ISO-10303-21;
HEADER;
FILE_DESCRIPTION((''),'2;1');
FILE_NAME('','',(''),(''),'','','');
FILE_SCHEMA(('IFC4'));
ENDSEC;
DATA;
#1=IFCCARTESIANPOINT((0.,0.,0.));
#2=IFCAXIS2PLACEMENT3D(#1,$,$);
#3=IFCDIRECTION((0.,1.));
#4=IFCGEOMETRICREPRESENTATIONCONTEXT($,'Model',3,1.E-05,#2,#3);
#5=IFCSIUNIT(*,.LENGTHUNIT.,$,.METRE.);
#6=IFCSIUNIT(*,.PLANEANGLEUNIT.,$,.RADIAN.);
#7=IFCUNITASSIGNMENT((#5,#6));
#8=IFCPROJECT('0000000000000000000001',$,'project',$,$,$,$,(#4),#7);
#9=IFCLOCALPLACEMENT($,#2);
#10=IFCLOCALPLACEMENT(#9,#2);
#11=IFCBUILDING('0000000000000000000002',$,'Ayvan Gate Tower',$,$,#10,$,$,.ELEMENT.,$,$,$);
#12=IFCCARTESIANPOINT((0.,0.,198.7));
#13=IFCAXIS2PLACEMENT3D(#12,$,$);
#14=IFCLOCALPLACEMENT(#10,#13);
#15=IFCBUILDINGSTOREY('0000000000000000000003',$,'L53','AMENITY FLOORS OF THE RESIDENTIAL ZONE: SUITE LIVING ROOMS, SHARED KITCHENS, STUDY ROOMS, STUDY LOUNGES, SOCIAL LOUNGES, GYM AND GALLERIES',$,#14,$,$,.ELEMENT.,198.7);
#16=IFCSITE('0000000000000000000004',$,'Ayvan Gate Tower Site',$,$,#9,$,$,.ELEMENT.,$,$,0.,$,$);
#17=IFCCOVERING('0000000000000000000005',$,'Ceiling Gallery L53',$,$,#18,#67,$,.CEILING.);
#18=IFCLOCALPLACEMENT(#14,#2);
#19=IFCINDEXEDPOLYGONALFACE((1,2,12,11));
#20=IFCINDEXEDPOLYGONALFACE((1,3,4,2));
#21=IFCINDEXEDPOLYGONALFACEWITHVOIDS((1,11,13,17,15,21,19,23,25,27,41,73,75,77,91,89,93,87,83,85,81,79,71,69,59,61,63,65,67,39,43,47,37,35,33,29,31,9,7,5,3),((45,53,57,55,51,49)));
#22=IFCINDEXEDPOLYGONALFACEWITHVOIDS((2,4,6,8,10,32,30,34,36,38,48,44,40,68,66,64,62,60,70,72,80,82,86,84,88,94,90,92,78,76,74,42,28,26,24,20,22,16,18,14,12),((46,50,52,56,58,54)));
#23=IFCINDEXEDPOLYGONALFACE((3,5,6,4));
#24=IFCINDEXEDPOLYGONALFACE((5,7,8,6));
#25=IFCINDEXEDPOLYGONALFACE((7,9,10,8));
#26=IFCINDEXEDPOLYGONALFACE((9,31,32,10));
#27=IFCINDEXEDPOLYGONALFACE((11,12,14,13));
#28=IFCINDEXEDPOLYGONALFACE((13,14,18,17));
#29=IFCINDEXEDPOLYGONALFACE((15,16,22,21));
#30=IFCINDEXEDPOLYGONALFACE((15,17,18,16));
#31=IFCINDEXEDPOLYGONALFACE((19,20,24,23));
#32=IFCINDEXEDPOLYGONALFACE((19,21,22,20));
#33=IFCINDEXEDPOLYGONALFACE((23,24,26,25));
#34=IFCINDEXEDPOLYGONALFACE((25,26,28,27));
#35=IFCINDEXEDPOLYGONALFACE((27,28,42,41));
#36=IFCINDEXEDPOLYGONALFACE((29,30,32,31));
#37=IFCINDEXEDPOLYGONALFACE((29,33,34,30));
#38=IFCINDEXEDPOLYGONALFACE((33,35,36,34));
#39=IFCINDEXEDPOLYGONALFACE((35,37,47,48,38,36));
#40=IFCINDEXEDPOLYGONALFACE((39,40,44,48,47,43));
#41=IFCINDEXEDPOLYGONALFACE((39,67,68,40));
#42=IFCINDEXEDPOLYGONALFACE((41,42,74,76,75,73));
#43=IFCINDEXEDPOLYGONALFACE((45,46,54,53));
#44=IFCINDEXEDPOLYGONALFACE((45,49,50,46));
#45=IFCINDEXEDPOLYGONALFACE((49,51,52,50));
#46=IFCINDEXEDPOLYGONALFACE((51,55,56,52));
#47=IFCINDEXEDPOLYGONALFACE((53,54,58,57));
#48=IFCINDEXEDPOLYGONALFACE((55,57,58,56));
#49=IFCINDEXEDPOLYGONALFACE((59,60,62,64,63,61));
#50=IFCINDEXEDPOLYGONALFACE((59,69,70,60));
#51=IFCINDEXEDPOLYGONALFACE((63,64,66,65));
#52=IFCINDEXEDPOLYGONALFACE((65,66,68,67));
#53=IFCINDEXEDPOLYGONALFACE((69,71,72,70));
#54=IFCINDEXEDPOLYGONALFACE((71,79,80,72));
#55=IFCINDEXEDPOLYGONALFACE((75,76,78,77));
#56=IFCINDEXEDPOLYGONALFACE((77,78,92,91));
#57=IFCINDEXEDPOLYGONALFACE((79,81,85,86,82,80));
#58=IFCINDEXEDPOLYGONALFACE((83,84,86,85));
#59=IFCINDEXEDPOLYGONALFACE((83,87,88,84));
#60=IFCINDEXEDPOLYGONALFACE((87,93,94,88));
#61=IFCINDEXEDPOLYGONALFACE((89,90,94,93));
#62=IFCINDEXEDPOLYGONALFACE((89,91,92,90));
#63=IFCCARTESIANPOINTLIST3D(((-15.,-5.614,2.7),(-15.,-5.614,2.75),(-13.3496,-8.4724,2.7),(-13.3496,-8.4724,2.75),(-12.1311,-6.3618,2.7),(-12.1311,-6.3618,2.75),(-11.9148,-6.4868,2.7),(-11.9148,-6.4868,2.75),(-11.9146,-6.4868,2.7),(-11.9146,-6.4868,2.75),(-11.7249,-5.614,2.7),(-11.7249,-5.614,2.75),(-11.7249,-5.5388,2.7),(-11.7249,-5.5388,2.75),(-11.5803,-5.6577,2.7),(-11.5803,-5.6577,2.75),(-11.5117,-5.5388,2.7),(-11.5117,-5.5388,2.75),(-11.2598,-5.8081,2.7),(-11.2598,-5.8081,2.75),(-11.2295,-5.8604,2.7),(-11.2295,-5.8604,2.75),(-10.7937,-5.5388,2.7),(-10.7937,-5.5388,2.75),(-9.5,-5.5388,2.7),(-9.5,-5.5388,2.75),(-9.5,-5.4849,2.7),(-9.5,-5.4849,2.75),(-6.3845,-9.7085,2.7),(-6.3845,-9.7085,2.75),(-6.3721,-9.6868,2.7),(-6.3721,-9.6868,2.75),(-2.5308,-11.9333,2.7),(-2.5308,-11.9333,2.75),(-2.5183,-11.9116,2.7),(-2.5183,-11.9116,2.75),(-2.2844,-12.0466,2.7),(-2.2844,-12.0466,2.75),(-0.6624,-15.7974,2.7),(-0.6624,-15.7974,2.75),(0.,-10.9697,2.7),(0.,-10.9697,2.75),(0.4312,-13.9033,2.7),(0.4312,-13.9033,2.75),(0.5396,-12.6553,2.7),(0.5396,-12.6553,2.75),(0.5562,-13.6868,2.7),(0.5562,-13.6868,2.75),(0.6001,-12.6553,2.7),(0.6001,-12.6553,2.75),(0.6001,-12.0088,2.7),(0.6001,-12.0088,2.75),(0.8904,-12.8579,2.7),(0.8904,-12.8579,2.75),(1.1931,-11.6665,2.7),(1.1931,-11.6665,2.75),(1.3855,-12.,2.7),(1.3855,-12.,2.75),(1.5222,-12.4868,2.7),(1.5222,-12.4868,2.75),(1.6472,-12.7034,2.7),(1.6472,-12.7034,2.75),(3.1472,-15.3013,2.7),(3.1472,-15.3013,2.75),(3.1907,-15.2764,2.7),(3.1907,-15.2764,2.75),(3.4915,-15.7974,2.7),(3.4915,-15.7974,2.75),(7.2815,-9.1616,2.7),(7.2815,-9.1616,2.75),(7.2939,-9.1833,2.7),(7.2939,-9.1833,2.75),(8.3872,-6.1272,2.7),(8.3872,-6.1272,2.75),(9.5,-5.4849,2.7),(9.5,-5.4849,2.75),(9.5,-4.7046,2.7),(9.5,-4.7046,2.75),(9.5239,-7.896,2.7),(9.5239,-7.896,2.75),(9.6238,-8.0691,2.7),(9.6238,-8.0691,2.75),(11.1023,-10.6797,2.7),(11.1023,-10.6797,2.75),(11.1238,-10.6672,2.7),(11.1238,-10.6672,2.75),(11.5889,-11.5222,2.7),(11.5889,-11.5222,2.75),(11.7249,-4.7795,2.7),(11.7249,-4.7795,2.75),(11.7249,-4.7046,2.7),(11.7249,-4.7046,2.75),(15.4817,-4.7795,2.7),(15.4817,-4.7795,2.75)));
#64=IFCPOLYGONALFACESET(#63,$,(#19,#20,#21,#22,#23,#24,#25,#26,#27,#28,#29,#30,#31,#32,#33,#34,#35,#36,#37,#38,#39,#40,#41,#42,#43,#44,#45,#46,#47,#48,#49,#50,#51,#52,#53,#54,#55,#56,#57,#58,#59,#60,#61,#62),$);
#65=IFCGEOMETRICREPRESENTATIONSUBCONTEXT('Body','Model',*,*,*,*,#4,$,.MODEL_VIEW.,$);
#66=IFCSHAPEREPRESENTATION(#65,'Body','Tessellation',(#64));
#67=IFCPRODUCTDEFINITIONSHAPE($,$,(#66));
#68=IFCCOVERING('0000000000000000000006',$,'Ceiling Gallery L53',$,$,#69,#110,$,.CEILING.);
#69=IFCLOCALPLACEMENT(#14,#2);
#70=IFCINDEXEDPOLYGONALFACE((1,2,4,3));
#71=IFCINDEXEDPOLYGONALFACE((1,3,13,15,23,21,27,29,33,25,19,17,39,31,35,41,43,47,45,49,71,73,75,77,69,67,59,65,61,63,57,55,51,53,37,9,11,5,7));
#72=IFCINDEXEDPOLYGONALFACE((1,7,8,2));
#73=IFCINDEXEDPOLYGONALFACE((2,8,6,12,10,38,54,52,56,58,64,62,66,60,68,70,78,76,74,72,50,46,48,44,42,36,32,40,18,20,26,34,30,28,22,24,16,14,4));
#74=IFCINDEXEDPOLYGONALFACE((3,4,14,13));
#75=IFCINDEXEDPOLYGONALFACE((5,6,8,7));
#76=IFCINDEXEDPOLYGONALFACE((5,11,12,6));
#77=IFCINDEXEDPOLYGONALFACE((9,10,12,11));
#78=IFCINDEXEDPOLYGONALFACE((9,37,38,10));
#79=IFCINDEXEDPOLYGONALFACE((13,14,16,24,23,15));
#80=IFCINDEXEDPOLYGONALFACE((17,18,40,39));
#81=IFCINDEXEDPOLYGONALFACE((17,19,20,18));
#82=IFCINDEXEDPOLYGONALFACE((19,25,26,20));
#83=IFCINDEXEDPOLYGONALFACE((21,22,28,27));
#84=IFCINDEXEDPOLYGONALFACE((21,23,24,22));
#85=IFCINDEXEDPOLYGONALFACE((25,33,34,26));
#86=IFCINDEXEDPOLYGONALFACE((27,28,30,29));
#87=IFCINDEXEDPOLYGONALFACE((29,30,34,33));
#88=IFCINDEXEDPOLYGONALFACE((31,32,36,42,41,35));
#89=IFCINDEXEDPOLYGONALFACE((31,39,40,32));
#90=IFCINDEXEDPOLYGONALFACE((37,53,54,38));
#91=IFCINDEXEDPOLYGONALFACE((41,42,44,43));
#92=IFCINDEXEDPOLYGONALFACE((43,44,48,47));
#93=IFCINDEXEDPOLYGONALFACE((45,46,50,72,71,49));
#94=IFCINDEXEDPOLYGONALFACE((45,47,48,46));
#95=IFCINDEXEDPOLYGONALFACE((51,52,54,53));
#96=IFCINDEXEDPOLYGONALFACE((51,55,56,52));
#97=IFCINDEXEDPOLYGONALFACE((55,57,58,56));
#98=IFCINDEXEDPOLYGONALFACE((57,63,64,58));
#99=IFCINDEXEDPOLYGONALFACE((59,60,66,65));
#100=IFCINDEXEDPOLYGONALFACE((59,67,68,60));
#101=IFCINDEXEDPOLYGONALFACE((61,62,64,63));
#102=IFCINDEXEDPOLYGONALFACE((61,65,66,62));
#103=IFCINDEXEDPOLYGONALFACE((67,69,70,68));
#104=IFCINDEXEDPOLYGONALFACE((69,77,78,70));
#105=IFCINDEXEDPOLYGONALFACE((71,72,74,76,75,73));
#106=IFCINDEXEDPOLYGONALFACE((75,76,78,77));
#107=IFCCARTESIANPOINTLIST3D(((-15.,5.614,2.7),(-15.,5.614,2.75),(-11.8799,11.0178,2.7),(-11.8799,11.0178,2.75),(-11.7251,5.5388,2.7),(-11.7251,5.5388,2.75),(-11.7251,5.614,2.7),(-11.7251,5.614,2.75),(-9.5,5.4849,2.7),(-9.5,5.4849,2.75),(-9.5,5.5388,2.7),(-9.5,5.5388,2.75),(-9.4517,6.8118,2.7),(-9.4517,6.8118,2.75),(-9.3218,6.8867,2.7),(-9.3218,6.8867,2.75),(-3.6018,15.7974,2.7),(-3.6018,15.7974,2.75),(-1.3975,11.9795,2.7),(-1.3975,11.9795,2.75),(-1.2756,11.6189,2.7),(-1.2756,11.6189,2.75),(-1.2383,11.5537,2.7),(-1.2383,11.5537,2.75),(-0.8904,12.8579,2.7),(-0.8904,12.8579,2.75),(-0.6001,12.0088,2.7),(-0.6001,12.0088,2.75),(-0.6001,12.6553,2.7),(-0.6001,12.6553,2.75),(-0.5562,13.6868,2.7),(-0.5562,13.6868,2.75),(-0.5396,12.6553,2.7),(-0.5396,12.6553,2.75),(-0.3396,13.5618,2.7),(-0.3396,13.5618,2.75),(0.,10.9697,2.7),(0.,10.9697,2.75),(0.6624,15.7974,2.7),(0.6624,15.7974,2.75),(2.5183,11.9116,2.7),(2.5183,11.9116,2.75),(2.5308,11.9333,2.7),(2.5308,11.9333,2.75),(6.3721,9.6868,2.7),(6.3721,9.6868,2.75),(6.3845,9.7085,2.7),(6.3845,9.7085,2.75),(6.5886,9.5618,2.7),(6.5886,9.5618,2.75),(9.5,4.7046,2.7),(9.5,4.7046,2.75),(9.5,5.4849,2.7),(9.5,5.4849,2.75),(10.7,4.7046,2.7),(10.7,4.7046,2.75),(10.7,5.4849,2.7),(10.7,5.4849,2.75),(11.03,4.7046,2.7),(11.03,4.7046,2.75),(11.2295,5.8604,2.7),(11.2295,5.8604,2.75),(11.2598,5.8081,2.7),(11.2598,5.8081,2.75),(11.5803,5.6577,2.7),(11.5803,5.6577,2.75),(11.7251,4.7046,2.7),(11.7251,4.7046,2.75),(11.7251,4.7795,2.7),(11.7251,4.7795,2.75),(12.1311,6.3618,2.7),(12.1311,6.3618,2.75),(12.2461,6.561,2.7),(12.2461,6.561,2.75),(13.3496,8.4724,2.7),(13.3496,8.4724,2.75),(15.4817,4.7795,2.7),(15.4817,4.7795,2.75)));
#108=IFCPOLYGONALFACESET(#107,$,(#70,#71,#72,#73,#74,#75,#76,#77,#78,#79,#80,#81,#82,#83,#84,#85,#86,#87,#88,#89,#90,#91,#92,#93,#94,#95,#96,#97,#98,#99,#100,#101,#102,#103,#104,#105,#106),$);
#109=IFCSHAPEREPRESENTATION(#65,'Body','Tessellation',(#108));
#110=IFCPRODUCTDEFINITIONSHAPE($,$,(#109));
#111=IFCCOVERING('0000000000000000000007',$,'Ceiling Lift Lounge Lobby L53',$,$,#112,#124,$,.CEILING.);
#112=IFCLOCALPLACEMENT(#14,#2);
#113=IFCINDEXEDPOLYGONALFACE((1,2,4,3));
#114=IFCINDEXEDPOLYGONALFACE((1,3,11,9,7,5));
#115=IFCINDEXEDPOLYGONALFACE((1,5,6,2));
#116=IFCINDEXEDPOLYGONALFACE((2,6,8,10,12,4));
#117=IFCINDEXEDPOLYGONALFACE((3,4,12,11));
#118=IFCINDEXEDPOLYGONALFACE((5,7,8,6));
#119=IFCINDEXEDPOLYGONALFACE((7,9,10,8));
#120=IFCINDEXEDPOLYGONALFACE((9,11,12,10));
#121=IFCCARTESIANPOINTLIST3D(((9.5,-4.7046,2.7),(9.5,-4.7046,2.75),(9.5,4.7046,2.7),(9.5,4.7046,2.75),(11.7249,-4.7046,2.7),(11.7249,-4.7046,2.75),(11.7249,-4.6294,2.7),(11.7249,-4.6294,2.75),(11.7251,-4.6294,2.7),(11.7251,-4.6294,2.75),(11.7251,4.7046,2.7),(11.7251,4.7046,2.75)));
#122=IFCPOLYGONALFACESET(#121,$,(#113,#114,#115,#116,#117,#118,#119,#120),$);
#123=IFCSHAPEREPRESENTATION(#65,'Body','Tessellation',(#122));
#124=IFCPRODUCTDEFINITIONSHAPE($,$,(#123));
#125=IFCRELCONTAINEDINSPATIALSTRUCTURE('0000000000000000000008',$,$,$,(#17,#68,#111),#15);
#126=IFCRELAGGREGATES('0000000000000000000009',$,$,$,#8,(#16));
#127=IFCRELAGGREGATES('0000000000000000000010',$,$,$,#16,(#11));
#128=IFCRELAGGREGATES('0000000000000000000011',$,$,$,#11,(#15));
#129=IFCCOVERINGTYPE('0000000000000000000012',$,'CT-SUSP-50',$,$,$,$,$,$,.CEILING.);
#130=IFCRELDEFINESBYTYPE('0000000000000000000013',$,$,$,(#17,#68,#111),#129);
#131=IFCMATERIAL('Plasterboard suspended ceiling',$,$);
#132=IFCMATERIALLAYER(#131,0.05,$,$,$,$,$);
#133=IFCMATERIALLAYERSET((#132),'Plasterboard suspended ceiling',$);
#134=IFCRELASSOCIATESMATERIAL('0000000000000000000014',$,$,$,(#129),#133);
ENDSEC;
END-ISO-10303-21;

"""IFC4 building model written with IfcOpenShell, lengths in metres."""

from ifc_helpers import new_model, si_unit, direction, frame, origin, place, context, subcontext, project, spatial, polyline, outline, extrude, material, layer, layer_set, type_object, element, save


model = new_model("IFC4")

# Units and contexts
model_context = context("Model", 3, precision=1e-05, world=origin(), true_north=direction((0.0, 1.0)))
body_context = subcontext(model_context, "Body", "Model", "MODEL_VIEW")
ifc_project = project(units=[si_unit("LENGTHUNIT", "METRE"), si_unit("PLANEANGLEUNIT", "RADIAN")], contexts=[model_context])

# Site, building, storey
site_placement = place(None, origin())
site = spatial("IfcSite", under=ifc_project, at=site_placement, Name="Ayvan Gate Tower Site", CompositionType="ELEMENT", RefElevation=0.0)
building_placement = place(site_placement, origin())
building = spatial("IfcBuilding", under=site, at=building_placement, Name="Ayvan Gate Tower", CompositionType="ELEMENT")
storey_placement = place(building_placement, frame((0.0, 0.0, 198.7)))
storey = spatial("IfcBuildingStorey", under=building, at=storey_placement, Name="L53", Description="AMENITY FLOORS OF THE RESIDENTIAL ZONE: SUITE LIVING ROOMS, SHARED KITCHENS, STUDY ROOMS, STUDY LOUNGES, SOCIAL LOUNGES, GYM AND GALLERIES", CompositionType="ELEMENT", Elevation=198.7)

# Coverings
ifc_material_1 = material(Name="Plasterboard suspended ceiling")
ifc_layer_1 = layer(ifc_material_1, 0.05)
ifc_layer_set_1 = layer_set([ifc_layer_1], Name="Plasterboard suspended ceiling")
covering_type = type_object("IfcCoveringType", Name="CT-SUSP-50", PredefinedType="CEILING", material=ifc_layer_set_1)
covering_1_placement = place(storey_placement, frame((0.0, 0.0, 2.7)))
element("IfcCovering", 1, at=covering_1_placement, inside=storey, type_object=covering_type, Name="Ceiling Gallery L53", PredefinedType="CEILING", context=body_context, shape_type="SweptSolid", body=[
    extrude(outline(polyline([(-11.9148, -6.4868), (-12.1311, -6.3618), (-13.3496, -8.4724), (-15.0, -5.614), (-11.7249, -5.614), (-11.7249, -5.5388), (-11.5117, -5.5388), (-11.5803, -5.6577), (-11.2295, -5.8604), (-11.2598, -5.8081), (-10.7937, -5.5388), (-9.5, -5.5388), (-9.5, -5.4849), (0.0, -10.9697), (8.3872, -6.1272), (9.5, -5.4849), (9.5, -4.7046), (11.7249, -4.7046), (11.7249, -4.7795), (15.4817, -4.7795), (11.5889, -11.5222), (11.1023, -10.6797), (11.1238, -10.6672), (9.6238, -8.0691), (9.5239, -7.896), (7.2939, -9.1833), (7.2815, -9.1616), (1.5222, -12.4868), (1.6472, -12.7034), (3.1472, -15.3013), (3.1907, -15.2764), (3.4915, -15.7974), (-0.6624, -15.7974), (0.4312, -13.9033), (0.5562, -13.6868), (-2.2844, -12.0466), (-2.5183, -11.9116), (-2.5308, -11.9333), (-6.3845, -9.7085), (-6.3721, -9.6868), (-11.9146, -6.4868), (-11.9148, -6.4868)]), holes=[polyline([(0.5396, -12.6553), (0.8904, -12.8579), (1.3855, -12.0), (1.1931, -11.6665), (0.6001, -12.0088), (0.6001, -12.6553), (0.5396, -12.6553)])]), origin(), (0.0, 0.0, 1.0), 0.05),
])
covering_2_placement = place(storey_placement, frame((0.0, 0.0, 2.7)))
element("IfcCovering", 2, at=covering_2_placement, inside=storey, type_object=covering_type, Name="Ceiling Gallery L53", PredefinedType="CEILING", context=body_context, shape_type="SweptSolid", body=[
    extrude(outline(polyline([(-1.2383, 11.5537), (-1.2756, 11.6189), (-0.6001, 12.0088), (-0.6001, 12.6553), (-0.5396, 12.6553), (-0.8904, 12.8579), (-1.3975, 11.9795), (-3.6018, 15.7974), (0.6624, 15.7974), (-0.5562, 13.6868), (-0.3396, 13.5618), (2.5183, 11.9116), (2.5308, 11.9333), (6.3845, 9.7085), (6.3721, 9.6868), (6.5886, 9.5618), (12.1311, 6.3618), (12.2461, 6.561), (13.3496, 8.4724), (15.4817, 4.7795), (11.7251, 4.7795), (11.7251, 4.7046), (11.03, 4.7046), (11.5803, 5.6577), (11.2295, 5.8604), (11.2598, 5.8081), (10.7, 5.4849), (10.7, 4.7046), (9.5, 4.7046), (9.5, 5.4849), (0.0, 10.9697), (-9.5, 5.4849), (-9.5, 5.5388), (-11.7251, 5.5388), (-11.7251, 5.614), (-15.0, 5.614), (-11.8799, 11.0178), (-9.4517, 6.8118), (-9.3218, 6.8867), (-1.2383, 11.5537)])), origin(), (0.0, 0.0, 1.0), 0.05),
])
covering_3_placement = place(storey_placement, frame((0.0, 0.0, 2.7)))
element("IfcCovering", 3, at=covering_3_placement, inside=storey, type_object=covering_type, Name="Ceiling Lift Lounge Lobby L53", PredefinedType="CEILING", context=body_context, shape_type="SweptSolid", body=[
    extrude(outline(polyline([(11.7249, -4.7046), (9.5, -4.7046), (9.5, 4.7046), (11.7251, 4.7046), (11.7251, -4.6294), (11.7249, -4.6294), (11.7249, -4.7046)])), origin(), (0.0, 0.0, 1.0), 0.05),
])

save(model, "model.ifc")
